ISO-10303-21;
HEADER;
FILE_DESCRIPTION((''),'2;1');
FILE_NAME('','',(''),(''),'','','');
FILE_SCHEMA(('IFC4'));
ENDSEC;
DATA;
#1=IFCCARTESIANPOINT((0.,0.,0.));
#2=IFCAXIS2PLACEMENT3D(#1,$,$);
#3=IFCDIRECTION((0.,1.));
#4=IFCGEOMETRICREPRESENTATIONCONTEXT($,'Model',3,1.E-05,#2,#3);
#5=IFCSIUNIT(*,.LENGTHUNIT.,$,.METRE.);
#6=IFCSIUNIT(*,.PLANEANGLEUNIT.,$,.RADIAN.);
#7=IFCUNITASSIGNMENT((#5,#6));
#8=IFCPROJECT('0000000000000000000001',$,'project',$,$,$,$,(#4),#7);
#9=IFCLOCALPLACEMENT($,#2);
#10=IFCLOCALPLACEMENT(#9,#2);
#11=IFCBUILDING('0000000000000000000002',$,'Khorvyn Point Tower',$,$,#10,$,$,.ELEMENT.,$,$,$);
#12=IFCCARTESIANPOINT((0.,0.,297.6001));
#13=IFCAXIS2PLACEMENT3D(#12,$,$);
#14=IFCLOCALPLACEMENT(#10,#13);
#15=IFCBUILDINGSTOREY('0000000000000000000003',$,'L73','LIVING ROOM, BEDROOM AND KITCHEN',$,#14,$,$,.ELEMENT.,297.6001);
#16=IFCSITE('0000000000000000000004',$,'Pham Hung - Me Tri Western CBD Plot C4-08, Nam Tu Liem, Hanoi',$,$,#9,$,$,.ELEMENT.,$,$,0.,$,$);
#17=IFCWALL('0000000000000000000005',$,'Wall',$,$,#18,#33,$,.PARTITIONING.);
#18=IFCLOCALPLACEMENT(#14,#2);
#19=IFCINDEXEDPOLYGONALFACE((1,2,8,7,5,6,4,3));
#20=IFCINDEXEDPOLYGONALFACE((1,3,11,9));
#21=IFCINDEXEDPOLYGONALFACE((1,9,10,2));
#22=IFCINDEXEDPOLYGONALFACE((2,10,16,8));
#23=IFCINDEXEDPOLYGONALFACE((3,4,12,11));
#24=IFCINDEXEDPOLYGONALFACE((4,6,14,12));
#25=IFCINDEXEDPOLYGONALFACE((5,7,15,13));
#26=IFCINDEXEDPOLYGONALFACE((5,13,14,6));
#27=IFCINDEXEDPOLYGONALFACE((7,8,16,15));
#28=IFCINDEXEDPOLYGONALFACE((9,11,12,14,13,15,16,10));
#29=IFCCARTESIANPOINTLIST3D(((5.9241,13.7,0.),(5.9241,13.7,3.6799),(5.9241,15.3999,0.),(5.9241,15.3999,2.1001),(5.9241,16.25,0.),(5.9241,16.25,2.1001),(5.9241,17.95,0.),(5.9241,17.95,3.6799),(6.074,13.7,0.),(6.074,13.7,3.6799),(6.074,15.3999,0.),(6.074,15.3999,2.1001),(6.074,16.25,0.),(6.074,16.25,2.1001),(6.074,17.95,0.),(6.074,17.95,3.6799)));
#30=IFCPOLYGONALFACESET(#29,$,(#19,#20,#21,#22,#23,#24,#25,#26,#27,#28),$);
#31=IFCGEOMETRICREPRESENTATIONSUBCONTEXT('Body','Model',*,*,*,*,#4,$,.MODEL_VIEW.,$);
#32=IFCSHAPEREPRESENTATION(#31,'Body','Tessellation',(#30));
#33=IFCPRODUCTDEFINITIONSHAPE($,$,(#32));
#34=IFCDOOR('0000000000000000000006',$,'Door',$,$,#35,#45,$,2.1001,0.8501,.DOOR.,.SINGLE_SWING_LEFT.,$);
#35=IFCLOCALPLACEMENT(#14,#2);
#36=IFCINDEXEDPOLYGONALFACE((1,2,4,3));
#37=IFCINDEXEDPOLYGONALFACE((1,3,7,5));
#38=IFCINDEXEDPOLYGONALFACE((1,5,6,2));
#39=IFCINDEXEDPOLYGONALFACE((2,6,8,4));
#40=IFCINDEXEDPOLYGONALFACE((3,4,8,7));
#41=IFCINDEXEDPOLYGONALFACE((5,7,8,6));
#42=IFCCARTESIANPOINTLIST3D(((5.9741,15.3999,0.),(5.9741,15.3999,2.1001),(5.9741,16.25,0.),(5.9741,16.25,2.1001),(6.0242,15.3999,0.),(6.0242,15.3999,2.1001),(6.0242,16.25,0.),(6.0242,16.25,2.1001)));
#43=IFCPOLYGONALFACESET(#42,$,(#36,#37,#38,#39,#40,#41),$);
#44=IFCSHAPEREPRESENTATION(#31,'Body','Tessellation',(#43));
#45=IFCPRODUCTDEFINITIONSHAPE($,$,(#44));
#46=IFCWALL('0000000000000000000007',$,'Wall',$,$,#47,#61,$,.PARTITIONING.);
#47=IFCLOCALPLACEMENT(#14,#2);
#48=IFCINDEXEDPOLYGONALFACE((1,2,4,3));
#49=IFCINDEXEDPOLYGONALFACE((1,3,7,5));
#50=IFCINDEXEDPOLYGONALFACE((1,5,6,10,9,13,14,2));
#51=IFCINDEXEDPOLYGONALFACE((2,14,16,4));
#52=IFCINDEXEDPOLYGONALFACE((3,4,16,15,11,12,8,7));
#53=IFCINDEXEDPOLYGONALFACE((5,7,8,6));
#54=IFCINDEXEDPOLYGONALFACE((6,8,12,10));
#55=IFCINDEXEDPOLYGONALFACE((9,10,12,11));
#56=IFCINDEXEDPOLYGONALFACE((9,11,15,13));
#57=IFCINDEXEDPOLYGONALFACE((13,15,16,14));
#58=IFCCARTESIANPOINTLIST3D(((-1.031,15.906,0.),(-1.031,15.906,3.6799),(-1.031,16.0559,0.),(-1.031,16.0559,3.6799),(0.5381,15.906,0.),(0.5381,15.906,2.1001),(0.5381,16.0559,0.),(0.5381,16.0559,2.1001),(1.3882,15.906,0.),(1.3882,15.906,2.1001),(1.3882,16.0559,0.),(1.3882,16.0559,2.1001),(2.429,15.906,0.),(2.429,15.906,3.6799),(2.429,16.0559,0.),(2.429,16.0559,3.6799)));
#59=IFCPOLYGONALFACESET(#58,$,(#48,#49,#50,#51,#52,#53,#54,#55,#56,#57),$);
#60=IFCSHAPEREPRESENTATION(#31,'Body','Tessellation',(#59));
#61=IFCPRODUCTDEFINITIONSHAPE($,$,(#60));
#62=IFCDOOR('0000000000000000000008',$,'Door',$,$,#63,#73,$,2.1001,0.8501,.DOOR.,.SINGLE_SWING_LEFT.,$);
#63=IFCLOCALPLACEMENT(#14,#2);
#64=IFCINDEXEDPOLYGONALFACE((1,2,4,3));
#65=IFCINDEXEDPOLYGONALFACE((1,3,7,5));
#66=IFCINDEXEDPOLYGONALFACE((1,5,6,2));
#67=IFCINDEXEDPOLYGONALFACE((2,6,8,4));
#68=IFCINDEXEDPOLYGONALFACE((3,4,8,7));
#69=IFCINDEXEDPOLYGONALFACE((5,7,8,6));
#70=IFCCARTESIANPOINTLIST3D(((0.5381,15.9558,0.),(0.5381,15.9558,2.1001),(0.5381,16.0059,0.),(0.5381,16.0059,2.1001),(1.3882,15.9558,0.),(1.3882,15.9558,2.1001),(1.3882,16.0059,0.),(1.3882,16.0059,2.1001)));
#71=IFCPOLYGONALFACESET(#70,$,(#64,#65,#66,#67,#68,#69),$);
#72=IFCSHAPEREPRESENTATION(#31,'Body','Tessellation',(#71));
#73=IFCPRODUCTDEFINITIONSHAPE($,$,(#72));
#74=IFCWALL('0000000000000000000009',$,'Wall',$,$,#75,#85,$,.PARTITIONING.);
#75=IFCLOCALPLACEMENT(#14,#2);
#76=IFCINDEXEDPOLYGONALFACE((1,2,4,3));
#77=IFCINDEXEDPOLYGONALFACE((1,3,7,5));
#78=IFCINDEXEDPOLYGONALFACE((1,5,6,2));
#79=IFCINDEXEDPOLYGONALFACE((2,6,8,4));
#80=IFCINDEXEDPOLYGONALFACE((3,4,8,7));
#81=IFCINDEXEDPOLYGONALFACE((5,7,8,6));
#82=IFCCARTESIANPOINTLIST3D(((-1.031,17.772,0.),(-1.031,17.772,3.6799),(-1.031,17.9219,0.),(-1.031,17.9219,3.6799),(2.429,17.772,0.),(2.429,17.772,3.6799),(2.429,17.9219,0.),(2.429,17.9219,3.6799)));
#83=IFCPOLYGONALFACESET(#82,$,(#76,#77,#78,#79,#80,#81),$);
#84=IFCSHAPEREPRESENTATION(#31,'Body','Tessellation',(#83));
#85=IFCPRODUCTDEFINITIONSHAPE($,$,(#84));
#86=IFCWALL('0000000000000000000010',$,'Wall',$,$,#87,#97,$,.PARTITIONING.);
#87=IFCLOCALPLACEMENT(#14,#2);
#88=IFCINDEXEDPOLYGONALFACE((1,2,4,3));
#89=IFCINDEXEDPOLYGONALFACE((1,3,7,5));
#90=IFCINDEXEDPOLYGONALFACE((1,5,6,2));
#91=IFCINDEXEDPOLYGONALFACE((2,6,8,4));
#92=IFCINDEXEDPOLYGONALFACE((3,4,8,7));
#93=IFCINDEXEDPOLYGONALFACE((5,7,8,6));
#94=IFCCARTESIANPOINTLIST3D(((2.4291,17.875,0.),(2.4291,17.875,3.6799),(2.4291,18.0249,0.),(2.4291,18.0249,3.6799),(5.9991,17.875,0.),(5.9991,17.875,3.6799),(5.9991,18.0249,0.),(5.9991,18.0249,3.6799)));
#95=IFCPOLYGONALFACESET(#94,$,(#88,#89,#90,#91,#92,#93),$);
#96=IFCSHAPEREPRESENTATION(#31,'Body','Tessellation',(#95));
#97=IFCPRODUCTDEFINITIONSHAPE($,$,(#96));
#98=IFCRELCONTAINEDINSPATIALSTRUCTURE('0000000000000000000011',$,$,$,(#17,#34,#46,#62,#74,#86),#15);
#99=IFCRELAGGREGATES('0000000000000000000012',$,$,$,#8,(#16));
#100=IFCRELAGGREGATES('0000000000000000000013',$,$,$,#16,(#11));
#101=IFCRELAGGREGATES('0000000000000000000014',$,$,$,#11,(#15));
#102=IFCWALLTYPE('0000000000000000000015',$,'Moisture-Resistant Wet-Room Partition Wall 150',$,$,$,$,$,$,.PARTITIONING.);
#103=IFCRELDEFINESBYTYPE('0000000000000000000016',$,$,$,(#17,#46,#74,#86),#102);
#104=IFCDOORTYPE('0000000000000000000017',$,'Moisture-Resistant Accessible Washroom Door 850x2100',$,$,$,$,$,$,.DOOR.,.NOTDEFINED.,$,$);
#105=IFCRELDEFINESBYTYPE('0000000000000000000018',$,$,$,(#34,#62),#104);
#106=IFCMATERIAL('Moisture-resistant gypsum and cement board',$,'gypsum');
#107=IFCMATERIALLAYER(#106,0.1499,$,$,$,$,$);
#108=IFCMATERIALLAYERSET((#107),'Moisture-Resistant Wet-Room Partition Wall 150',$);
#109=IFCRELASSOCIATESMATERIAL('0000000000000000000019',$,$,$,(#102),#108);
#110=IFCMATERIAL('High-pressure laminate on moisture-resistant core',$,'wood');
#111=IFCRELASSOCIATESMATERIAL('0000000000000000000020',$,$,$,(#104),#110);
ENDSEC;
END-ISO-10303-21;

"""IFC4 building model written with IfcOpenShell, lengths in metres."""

from ifc_helpers import new_model, si_unit, direction, frame, frame_2d, origin, place, context, subcontext, project, spatial, rectangle, extrude, material, layer, layer_set, type_object, element, fill, save


model = new_model("IFC4")

# Units and contexts
model_context = context("Model", 3, precision=1e-05, world=origin(), true_north=direction((0.0, 1.0)))
body_context = subcontext(model_context, "Body", "Model", "MODEL_VIEW")
ifc_project = project(units=[si_unit("LENGTHUNIT", "METRE"), si_unit("PLANEANGLEUNIT", "RADIAN")], contexts=[model_context])

# Site, building, storey
site_placement = place(None, origin())
site = spatial("IfcSite", under=ifc_project, at=site_placement, Name="Pham Hung - Me Tri Western CBD Plot C4-08, Nam Tu Liem, Hanoi", CompositionType="ELEMENT", RefElevation=0.0)
building_placement = place(site_placement, origin())
building = spatial("IfcBuilding", under=site, at=building_placement, Name="Khorvyn Point Tower", CompositionType="ELEMENT")
storey_placement = place(building_placement, frame((0.0, 0.0, 297.6001)))
storey = spatial("IfcBuildingStorey", under=building, at=storey_placement, Name="L73", Description="LIVING ROOM, BEDROOM AND KITCHEN", CompositionType="ELEMENT", Elevation=297.6001)

# Walls, openings, doors
ifc_material_1 = material(Name="Moisture-resistant gypsum and cement board", Category="gypsum")
ifc_layer_1 = layer(ifc_material_1, 0.1499)
ifc_layer_set_1 = layer_set([ifc_layer_1], Name="Moisture-Resistant Wet-Room Partition Wall 150")
wall_type_1 = type_object("IfcWallType", Name="Moisture-Resistant Wet-Room Partition Wall 150", PredefinedType="PARTITIONING", material=ifc_layer_set_1)
wall_1_placement = place(storey_placement, frame((5.999, 13.7, 0.0), z_axis=(0.0, 0.0, 1.0), x_axis=(0.0, 1.0, 0.0)))
wall_1 = element("IfcWall", 1, at=wall_1_placement, inside=storey, type_object=wall_type_1, Name="Wall", PredefinedType="PARTITIONING", context=body_context, shape_type="SweptSolid", body=[
    extrude(rectangle(XDim=4.25, YDim=0.1499, at=frame_2d((2.125, 0.0))), origin(), (0.0, 0.0, 1.0), 3.6799),
])
opening_1_placement = place(wall_1_placement, frame((1.7, 0.0, 0.0)))
opening_1 = element("IfcOpeningElement", 2, at=opening_1_placement, cuts=wall_1, PredefinedType="OPENING", context=body_context, shape_type="SweptSolid", body=[
    extrude(rectangle(XDim=0.8501, YDim=2.1001, at=frame_2d((0.425, 1.05))), frame((0.0, 0.085, 0.0), z_axis=(0.0, -1.0, 0.0), x_axis=(1.0, 0.0, 0.0)), (0.0, 0.0, 1.0), 0.1699),
])
ifc_material_2 = material(Name="High-pressure laminate on moisture-resistant core", Category="wood")
door_type_1 = type_object("IfcDoorType", Name="Moisture-Resistant Accessible Washroom Door 850x2100", OperationType="NOTDEFINED", PredefinedType="DOOR", material=ifc_material_2)
door_1_placement = place(opening_1_placement, origin())
door_1 = element("IfcDoor", 3, at=door_1_placement, inside=storey, type_object=door_type_1, Name="Door", OperationType="SINGLE_SWING_LEFT", OverallHeight=2.1001, OverallWidth=0.8501, PredefinedType="DOOR", context=body_context, shape_type="SweptSolid", body=[
    extrude(rectangle(XDim=0.8501, YDim=2.1001, at=frame_2d((0.425, 1.05))), frame((0.0, 0.0249, 0.0), z_axis=(0.0, -1.0, 0.0), x_axis=(1.0, 0.0, 0.0)), (0.0, 0.0, 1.0), 0.05),
])
fill(opening_1, door_1)
wall_2_placement = place(storey_placement, frame((-1.031, 15.981, 0.0), z_axis=(0.0, 0.0, 1.0), x_axis=(1.0, 0.0, 0.0)))
wall_2 = element("IfcWall", 4, at=wall_2_placement, inside=storey, type_object=wall_type_1, Name="Wall", PredefinedType="PARTITIONING", context=body_context, shape_type="SweptSolid", body=[
    extrude(rectangle(XDim=3.46, YDim=0.1499, at=frame_2d((1.73, 0.0))), origin(), (0.0, 0.0, 1.0), 3.6799),
])
opening_2_placement = place(wall_2_placement, frame((1.5691, 0.0, 0.0)))
opening_2 = element("IfcOpeningElement", 5, at=opening_2_placement, cuts=wall_2, PredefinedType="OPENING", context=body_context, shape_type="SweptSolid", body=[
    extrude(rectangle(XDim=0.8501, YDim=2.1001, at=frame_2d((0.425, 1.05))), frame((0.0, 0.085, 0.0), z_axis=(0.0, -1.0, 0.0), x_axis=(1.0, 0.0, 0.0)), (0.0, 0.0, 1.0), 0.1699),
])
door_2_placement = place(opening_2_placement, origin())
door_2 = element("IfcDoor", 6, at=door_2_placement, inside=storey, type_object=door_type_1, Name="Door", OperationType="SINGLE_SWING_LEFT", OverallHeight=2.1001, OverallWidth=0.8501, PredefinedType="DOOR", context=body_context, shape_type="SweptSolid", body=[
    extrude(rectangle(XDim=0.8501, YDim=2.1001, at=frame_2d((0.425, 1.05))), frame((0.0, 0.0249, 0.0), z_axis=(0.0, -1.0, 0.0), x_axis=(1.0, 0.0, 0.0)), (0.0, 0.0, 1.0), 0.05),
])
fill(opening_2, door_2)

# Walls
wall_3_placement = place(storey_placement, frame((-1.031, 17.8469, 0.0), z_axis=(0.0, 0.0, 1.0), x_axis=(1.0, 0.0, 0.0)))
element("IfcWall", 7, at=wall_3_placement, inside=storey, type_object=wall_type_1, Name="Wall", PredefinedType="PARTITIONING", context=body_context, shape_type="SweptSolid", body=[
    extrude(rectangle(XDim=3.46, YDim=0.1499, at=frame_2d((1.73, 0.0))), origin(), (0.0, 0.0, 1.0), 3.6799),
])
wall_4_placement = place(storey_placement, frame((2.429, 17.95, 0.0), z_axis=(0.0, 0.0, 1.0), x_axis=(1.0, 0.0, 0.0)))
element("IfcWall", 8, at=wall_4_placement, inside=storey, type_object=wall_type_1, Name="Wall", PredefinedType="PARTITIONING", context=body_context, shape_type="SweptSolid", body=[
    extrude(rectangle(XDim=3.5701, YDim=0.1499, at=frame_2d((1.7852, 0.0))), origin(), (0.0, 0.0, 1.0), 3.6799),
])

save(model, "model.ifc")
